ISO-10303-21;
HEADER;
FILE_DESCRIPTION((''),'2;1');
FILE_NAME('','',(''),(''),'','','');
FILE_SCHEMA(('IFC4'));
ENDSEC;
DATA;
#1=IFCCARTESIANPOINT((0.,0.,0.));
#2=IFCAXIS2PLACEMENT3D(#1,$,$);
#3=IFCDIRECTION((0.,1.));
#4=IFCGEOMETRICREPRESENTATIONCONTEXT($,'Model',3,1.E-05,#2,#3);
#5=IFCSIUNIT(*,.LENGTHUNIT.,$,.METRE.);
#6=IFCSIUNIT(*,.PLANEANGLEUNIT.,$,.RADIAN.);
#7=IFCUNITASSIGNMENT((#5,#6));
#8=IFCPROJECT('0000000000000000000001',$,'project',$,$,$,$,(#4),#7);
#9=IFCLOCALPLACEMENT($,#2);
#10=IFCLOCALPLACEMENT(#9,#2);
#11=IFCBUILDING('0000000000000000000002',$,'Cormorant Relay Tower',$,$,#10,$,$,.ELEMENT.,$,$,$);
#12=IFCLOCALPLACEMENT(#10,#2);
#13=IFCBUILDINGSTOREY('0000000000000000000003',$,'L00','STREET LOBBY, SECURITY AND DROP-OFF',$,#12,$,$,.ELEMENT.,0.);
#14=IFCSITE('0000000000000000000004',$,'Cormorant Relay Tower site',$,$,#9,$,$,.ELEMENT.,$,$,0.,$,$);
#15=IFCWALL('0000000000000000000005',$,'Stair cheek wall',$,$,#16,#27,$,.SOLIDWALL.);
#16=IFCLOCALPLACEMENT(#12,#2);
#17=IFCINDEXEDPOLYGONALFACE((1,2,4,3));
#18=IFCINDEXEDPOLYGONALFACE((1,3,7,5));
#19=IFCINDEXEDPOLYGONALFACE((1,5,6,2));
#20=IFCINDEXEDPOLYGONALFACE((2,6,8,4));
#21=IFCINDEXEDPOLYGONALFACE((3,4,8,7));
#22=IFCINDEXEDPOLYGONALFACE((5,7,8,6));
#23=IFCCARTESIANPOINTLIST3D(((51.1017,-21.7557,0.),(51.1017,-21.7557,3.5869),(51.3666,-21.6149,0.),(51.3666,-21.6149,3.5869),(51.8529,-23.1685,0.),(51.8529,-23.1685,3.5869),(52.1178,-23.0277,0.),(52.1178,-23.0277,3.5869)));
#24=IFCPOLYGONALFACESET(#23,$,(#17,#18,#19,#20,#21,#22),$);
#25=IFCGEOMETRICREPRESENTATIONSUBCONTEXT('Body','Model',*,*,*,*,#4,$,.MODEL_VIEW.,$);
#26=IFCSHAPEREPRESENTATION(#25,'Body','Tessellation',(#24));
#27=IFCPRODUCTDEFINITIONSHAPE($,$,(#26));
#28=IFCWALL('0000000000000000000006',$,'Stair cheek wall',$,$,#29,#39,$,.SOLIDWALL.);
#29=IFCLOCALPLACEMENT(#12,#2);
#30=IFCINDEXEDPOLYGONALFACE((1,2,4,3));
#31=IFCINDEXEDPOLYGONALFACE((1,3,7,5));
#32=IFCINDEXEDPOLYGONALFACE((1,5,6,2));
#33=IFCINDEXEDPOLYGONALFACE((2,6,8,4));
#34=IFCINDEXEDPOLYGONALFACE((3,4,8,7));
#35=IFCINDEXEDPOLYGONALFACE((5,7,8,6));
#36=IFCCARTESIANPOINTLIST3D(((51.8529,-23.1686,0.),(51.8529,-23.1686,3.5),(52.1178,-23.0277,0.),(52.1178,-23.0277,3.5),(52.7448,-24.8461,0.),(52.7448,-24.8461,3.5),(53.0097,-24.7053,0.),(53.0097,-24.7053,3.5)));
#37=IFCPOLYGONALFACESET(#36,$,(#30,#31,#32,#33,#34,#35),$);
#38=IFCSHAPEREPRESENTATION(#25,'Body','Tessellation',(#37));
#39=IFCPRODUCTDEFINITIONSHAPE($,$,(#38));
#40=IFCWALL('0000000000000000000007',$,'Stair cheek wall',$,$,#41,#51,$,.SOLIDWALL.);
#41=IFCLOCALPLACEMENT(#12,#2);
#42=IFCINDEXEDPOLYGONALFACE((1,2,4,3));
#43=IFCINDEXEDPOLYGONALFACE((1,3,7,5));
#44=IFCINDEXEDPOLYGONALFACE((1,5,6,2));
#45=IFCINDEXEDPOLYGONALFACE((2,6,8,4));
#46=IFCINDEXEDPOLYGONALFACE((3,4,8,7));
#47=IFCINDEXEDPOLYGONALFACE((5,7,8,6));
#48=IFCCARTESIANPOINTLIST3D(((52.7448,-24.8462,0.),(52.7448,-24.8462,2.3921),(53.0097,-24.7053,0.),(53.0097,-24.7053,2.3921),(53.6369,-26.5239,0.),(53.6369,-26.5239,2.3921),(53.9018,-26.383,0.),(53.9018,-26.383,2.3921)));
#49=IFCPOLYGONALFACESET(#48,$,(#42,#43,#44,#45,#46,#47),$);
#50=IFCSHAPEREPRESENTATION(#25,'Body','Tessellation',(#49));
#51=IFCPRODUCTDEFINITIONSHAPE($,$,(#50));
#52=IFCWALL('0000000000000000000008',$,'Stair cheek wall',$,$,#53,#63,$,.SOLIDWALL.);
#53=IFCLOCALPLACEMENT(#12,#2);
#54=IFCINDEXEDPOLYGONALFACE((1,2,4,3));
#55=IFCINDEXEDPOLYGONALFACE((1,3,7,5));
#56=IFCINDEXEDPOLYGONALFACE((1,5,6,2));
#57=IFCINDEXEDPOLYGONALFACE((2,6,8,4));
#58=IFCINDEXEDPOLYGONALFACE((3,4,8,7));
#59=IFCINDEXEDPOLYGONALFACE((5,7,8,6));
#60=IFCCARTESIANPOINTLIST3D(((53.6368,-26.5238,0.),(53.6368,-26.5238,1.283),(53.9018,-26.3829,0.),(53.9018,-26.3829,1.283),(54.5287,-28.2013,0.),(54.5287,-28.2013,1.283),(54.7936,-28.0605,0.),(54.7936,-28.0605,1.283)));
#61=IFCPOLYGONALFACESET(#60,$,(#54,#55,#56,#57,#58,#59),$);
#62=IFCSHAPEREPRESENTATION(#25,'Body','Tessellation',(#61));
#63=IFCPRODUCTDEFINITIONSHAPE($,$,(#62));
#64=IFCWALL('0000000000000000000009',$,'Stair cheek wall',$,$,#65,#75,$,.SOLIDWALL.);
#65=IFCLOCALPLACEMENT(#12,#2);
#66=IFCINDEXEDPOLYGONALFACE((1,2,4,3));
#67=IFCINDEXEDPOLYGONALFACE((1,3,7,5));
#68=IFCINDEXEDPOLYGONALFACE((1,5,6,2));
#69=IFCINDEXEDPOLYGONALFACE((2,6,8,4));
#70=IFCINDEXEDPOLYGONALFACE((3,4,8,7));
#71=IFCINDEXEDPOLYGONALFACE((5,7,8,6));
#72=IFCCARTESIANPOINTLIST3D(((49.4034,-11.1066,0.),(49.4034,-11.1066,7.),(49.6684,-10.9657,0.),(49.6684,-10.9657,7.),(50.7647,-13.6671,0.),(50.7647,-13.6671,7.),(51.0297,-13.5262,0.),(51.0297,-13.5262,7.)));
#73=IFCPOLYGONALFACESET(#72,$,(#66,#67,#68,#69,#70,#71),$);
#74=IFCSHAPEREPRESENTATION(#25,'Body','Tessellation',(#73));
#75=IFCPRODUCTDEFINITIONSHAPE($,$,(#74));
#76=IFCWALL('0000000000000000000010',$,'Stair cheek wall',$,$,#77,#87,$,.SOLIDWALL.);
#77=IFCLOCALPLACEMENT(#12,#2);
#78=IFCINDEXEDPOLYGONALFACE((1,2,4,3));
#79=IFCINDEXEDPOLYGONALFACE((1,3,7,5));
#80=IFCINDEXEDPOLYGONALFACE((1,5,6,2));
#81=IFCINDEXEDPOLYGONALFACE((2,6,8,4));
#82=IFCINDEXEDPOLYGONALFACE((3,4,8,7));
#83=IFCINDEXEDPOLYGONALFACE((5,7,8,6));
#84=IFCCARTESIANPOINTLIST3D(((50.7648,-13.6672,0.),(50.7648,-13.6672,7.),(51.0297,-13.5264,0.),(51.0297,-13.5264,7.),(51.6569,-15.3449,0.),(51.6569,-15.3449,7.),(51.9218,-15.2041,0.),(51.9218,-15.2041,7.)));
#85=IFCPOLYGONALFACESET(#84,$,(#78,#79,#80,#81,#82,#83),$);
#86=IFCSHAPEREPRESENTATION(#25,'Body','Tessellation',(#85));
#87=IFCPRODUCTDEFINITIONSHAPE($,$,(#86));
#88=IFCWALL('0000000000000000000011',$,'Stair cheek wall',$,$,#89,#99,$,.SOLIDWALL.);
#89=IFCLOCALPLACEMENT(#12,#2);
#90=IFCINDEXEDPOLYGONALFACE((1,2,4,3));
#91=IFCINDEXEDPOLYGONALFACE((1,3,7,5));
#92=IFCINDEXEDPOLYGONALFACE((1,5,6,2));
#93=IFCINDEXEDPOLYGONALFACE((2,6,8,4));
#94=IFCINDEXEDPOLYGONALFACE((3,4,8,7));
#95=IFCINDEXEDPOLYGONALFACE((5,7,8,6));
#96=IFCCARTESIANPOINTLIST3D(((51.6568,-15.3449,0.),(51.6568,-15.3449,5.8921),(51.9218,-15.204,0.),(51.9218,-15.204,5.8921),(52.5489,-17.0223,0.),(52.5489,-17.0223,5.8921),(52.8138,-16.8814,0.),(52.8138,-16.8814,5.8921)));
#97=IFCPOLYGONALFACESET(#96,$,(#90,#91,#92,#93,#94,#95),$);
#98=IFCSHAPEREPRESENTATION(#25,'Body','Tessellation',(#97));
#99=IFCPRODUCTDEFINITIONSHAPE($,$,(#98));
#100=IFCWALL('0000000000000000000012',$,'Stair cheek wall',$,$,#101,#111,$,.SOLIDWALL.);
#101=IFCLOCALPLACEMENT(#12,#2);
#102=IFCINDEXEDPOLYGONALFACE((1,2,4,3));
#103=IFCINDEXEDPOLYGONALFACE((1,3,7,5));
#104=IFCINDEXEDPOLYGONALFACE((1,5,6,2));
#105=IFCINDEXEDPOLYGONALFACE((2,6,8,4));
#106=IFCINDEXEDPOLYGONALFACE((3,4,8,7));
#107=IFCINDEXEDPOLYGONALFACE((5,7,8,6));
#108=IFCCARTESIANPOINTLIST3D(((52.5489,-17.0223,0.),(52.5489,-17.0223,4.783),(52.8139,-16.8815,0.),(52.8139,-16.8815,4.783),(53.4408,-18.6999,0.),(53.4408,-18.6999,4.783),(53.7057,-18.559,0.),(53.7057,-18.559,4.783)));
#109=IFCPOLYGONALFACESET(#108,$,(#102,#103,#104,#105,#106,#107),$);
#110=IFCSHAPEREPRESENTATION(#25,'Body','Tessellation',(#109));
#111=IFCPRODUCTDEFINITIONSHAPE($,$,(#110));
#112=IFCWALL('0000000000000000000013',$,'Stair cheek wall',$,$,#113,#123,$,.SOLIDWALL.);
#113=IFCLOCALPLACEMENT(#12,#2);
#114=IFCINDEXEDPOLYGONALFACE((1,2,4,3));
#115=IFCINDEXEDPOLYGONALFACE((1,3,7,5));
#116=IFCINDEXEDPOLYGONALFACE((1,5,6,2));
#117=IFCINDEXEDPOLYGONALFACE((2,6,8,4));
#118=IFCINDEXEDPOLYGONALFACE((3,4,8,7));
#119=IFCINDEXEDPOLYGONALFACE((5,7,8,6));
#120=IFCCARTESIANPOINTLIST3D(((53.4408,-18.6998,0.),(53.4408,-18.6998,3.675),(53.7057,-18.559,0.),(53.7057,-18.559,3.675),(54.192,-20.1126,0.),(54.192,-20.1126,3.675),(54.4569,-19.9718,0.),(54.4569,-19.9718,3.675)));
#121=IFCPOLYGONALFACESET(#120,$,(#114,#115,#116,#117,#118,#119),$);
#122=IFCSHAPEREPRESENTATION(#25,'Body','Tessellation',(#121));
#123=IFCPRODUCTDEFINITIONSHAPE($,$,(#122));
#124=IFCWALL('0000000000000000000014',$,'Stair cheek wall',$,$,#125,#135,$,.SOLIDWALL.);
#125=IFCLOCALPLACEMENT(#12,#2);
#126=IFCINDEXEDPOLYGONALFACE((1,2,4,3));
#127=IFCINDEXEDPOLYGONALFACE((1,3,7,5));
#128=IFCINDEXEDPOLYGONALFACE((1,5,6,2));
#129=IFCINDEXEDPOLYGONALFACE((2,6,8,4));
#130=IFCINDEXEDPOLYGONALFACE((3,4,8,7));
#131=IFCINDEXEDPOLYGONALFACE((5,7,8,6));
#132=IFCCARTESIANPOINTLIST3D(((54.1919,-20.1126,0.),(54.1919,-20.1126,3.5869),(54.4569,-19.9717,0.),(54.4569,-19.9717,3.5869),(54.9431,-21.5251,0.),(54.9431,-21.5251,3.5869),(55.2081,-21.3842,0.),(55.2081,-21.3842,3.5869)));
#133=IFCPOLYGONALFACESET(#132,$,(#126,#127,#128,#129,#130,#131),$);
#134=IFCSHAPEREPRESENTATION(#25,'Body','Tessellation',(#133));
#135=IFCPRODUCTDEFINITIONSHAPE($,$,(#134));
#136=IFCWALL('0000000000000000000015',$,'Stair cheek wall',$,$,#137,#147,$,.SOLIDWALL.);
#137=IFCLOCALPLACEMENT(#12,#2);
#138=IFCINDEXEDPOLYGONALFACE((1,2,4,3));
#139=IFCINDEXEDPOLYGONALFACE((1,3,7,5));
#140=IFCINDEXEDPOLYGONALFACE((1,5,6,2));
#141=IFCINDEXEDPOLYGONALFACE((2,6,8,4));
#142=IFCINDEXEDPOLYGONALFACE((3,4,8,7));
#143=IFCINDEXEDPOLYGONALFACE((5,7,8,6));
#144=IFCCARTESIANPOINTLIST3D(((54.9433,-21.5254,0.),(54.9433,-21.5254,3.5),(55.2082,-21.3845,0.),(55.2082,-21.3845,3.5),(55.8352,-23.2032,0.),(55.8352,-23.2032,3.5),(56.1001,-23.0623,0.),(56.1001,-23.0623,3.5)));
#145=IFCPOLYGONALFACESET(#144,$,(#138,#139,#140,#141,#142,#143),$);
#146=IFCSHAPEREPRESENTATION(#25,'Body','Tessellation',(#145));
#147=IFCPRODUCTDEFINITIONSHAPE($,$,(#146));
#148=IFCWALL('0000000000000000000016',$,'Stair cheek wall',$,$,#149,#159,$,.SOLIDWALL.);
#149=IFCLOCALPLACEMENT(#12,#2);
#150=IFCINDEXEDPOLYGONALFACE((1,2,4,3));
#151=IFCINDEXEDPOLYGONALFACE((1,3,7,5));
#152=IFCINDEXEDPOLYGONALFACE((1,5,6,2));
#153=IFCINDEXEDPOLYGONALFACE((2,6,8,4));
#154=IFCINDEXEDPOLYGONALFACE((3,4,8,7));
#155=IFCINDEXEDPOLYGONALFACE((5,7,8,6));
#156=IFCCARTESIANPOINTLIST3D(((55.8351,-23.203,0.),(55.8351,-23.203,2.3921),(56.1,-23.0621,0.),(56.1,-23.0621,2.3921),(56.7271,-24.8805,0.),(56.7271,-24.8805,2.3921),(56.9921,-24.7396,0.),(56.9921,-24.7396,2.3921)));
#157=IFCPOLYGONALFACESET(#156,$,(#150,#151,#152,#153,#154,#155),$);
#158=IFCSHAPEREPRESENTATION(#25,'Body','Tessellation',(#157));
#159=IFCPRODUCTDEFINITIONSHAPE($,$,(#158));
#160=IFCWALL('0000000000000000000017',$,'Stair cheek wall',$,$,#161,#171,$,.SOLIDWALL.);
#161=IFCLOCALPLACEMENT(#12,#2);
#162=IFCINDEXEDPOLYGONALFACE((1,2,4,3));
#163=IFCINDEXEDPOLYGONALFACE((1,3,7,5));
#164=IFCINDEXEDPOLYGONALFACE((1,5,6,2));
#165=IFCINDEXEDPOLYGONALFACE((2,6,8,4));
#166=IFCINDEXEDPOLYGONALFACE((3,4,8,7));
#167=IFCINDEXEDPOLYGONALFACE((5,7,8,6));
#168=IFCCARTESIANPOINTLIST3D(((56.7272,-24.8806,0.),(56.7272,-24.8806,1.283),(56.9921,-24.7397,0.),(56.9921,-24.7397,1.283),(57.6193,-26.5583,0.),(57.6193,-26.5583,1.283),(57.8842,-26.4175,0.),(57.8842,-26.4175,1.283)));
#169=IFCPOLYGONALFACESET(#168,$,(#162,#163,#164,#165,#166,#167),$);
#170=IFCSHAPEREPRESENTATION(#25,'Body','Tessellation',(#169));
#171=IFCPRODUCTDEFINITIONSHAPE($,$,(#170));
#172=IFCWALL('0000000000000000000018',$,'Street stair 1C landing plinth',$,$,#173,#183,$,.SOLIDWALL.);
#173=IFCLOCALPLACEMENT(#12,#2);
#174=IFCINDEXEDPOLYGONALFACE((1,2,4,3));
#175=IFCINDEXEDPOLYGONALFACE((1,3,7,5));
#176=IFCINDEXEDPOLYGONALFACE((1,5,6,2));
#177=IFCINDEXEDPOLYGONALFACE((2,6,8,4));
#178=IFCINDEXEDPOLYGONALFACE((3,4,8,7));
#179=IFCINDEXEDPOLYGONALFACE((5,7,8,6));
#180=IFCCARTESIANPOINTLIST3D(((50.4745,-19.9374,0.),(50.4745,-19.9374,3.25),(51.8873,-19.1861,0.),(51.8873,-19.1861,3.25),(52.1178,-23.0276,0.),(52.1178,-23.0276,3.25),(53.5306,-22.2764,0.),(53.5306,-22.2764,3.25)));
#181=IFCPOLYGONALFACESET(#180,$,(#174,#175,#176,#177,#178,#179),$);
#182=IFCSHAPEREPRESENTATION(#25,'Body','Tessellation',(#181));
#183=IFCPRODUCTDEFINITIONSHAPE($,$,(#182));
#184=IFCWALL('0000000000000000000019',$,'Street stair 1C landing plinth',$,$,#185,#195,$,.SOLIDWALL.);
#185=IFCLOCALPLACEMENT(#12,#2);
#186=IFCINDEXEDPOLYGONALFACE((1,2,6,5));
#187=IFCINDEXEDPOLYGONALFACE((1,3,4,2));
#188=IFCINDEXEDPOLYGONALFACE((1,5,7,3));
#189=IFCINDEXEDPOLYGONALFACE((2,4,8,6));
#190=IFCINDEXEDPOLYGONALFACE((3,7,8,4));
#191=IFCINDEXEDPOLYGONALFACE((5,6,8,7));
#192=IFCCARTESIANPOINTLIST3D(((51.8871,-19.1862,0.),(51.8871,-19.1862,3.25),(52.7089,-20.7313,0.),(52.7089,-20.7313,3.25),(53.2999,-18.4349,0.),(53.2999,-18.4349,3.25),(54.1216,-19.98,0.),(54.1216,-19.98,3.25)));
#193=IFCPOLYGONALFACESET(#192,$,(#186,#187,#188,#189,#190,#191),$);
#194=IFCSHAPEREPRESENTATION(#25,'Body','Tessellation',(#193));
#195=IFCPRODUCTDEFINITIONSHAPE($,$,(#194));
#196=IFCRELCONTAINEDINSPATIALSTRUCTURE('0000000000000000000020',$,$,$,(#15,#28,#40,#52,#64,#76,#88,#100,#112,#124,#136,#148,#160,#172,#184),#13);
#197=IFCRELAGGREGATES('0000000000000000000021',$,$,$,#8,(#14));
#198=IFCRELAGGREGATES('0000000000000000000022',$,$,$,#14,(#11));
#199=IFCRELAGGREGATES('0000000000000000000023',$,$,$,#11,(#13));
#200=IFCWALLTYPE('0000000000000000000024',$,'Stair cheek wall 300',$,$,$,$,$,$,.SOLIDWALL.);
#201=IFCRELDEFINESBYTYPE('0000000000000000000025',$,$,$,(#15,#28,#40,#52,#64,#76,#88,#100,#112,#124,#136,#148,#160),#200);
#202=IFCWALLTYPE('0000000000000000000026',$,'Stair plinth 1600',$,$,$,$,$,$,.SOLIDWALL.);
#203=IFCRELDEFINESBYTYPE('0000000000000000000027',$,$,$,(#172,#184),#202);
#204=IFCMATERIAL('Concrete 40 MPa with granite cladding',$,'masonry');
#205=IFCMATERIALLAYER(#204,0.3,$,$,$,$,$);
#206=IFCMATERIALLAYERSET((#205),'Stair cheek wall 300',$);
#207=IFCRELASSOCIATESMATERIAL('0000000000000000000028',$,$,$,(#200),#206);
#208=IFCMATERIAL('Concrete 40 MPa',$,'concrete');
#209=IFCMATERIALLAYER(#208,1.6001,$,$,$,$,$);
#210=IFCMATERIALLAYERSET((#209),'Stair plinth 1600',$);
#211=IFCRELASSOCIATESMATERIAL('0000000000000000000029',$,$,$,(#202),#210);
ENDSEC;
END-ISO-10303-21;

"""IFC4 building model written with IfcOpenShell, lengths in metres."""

from ifc_helpers import new_model, si_unit, direction, frame, frame_2d, origin, place, context, subcontext, project, spatial, rectangle, extrude, material, layer, layer_set, type_object, element, save


model = new_model("IFC4")

# Units and contexts
model_context = context("Model", 3, precision=1e-05, world=origin(), true_north=direction((0.0, 1.0)))
body_context = subcontext(model_context, "Body", "Model", "MODEL_VIEW")
ifc_project = project(units=[si_unit("LENGTHUNIT", "METRE"), si_unit("PLANEANGLEUNIT", "RADIAN")], contexts=[model_context])

# Site, building, storey
site_placement = place(None, origin())
site = spatial("IfcSite", under=ifc_project, at=site_placement, Name="Cormorant Relay Tower site", CompositionType="ELEMENT", RefElevation=0.0)
building_placement = place(site_placement, origin())
building = spatial("IfcBuilding", under=site, at=building_placement, Name="Cormorant Relay Tower", CompositionType="ELEMENT")
storey_placement = place(building_placement, origin())
storey = spatial("IfcBuildingStorey", under=building, at=storey_placement, Name="L00", Description="STREET LOBBY, SECURITY AND DROP-OFF", CompositionType="ELEMENT", Elevation=0.0)

# Walls
ifc_material_1 = material(Name="Concrete 40 MPa with granite cladding", Category="masonry")
ifc_layer_1 = layer(ifc_material_1, 0.3)
ifc_layer_set_1 = layer_set([ifc_layer_1], Name="Stair cheek wall 300")
wall_type_1 = type_object("IfcWallType", Name="Stair cheek wall 300", PredefinedType="SOLIDWALL", material=ifc_layer_set_1)
wall_1_placement = place(storey_placement, frame((51.2341, -21.6853, 0.0), z_axis=(0.0, 0.0, 1.0), x_axis=(0.469471, -0.882948, 0.0)))
element("IfcWall", 1, at=wall_1_placement, inside=storey, type_object=wall_type_1, Name="Stair cheek wall", PredefinedType="SOLIDWALL", context=body_context, shape_type="SweptSolid", body=[
    extrude(rectangle(XDim=1.6001, YDim=0.3, at=frame_2d((0.8, 0.0))), origin(), (0.0, 0.0, 1.0), 3.5869),
])
wall_2_placement = place(storey_placement, frame((51.9854, -23.0981, 0.0), z_axis=(0.0, 0.0, 1.0), x_axis=(0.469434, -0.882968, 0.0)))
element("IfcWall", 2, at=wall_2_placement, inside=storey, type_object=wall_type_1, Name="Stair cheek wall", PredefinedType="SOLIDWALL", context=body_context, shape_type="SweptSolid", body=[
    extrude(rectangle(XDim=1.8999, YDim=0.3, at=frame_2d((0.95, 0.0))), origin(), (0.0, 0.0, 1.0), 3.5),
])
wall_3_placement = place(storey_placement, frame((52.8772, -24.7756, 0.0), z_axis=(0.0, 0.0, 1.0), x_axis=(0.469481, -0.882943, 0.0)))
element("IfcWall", 3, at=wall_3_placement, inside=storey, type_object=wall_type_1, Name="Stair cheek wall", PredefinedType="SOLIDWALL", context=body_context, shape_type="SweptSolid", body=[
    extrude(rectangle(XDim=1.9001, YDim=0.3, at=frame_2d((0.9502, 0.0))), origin(), (0.0, 0.0, 1.0), 2.3921),
])
wall_4_placement = place(storey_placement, frame((53.7693, -26.4534, 0.0), z_axis=(0.0, 0.0, 1.0), x_axis=(0.469434, -0.882968, 0.0)))
element("IfcWall", 4, at=wall_4_placement, inside=storey, type_object=wall_type_1, Name="Stair cheek wall", PredefinedType="SOLIDWALL", context=body_context, shape_type="SweptSolid", body=[
    extrude(rectangle(XDim=1.8999, YDim=0.3, at=frame_2d((0.95, 0.0))), origin(), (0.0, 0.0, 1.0), 1.283),
])
wall_5_placement = place(storey_placement, frame((49.5359, -11.0361, 0.0), z_axis=(0.0, 0.0, 1.0), x_axis=(0.469434, -0.882967, 0.0)))
element("IfcWall", 5, at=wall_5_placement, inside=storey, type_object=wall_type_1, Name="Stair cheek wall", PredefinedType="SOLIDWALL", context=body_context, shape_type="SweptSolid", body=[
    extrude(rectangle(XDim=2.8999, YDim=0.3, at=frame_2d((1.45, 0.0))), origin(), (0.0, 0.0, 1.0), 7.0),
])
wall_6_placement = place(storey_placement, frame((50.8972, -13.5967, 0.0), z_axis=(0.0, 0.0, 1.0), x_axis=(0.469481, -0.882943, 0.0)))
element("IfcWall", 6, at=wall_6_placement, inside=storey, type_object=wall_type_1, Name="Stair cheek wall", PredefinedType="SOLIDWALL", context=body_context, shape_type="SweptSolid", body=[
    extrude(rectangle(XDim=1.9001, YDim=0.3, at=frame_2d((0.9502, 0.0))), origin(), (0.0, 0.0, 1.0), 7.0),
])
wall_7_placement = place(storey_placement, frame((51.7893, -15.2744, 0.0), z_axis=(0.0, 0.0, 1.0), x_axis=(0.469534, -0.882914, 0.0)))
element("IfcWall", 7, at=wall_7_placement, inside=storey, type_object=wall_type_1, Name="Stair cheek wall", PredefinedType="SOLIDWALL", context=body_context, shape_type="SweptSolid", body=[
    extrude(rectangle(XDim=1.8999, YDim=0.3, at=frame_2d((0.95, 0.0))), origin(), (0.0, 0.0, 1.0), 5.8921),
])
wall_8_placement = place(storey_placement, frame((52.6814, -16.9519, 0.0), z_axis=(0.0, 0.0, 1.0), x_axis=(0.469434, -0.882968, 0.0)))
element("IfcWall", 8, at=wall_8_placement, inside=storey, type_object=wall_type_1, Name="Stair cheek wall", PredefinedType="SOLIDWALL", context=body_context, shape_type="SweptSolid", body=[
    extrude(rectangle(XDim=1.8999, YDim=0.3, at=frame_2d((0.95, 0.0))), origin(), (0.0, 0.0, 1.0), 4.783),
])
wall_9_placement = place(storey_placement, frame((53.5732, -18.6294, 0.0), z_axis=(0.0, 0.0, 1.0), x_axis=(0.469471, -0.882948, 0.0)))
element("IfcWall", 9, at=wall_9_placement, inside=storey, type_object=wall_type_1, Name="Stair cheek wall", PredefinedType="SOLIDWALL", context=body_context, shape_type="SweptSolid", body=[
    extrude(rectangle(XDim=1.6001, YDim=0.3, at=frame_2d((0.8, 0.0))), origin(), (0.0, 0.0, 1.0), 3.675),
])
wall_10_placement = place(storey_placement, frame((54.3245, -20.0422, 0.0), z_axis=(0.0, 0.0, 1.0), x_axis=(0.469535, -0.882914, 0.0)))
element("IfcWall", 10, at=wall_10_placement, inside=storey, type_object=wall_type_1, Name="Stair cheek wall", PredefinedType="SOLIDWALL", context=body_context, shape_type="SweptSolid", body=[
    extrude(rectangle(XDim=1.5999, YDim=0.3, at=frame_2d((0.7998, 0.0))), origin(), (0.0, 0.0, 1.0), 3.5869),
])
wall_11_placement = place(storey_placement, frame((55.0757, -21.4548, 0.0), z_axis=(0.0, 0.0, 1.0), x_axis=(0.469381, -0.882996, 0.0)))
element("IfcWall", 11, at=wall_11_placement, inside=storey, type_object=wall_type_1, Name="Stair cheek wall", PredefinedType="SOLIDWALL", context=body_context, shape_type="SweptSolid", body=[
    extrude(rectangle(XDim=1.9001, YDim=0.3, at=frame_2d((0.9502, 0.0))), origin(), (0.0, 0.0, 1.0), 3.5),
])
wall_12_placement = place(storey_placement, frame((55.9675, -23.1326, 0.0), z_axis=(0.0, 0.0, 1.0), x_axis=(0.469534, -0.882914, 0.0)))
element("IfcWall", 12, at=wall_12_placement, inside=storey, type_object=wall_type_1, Name="Stair cheek wall", PredefinedType="SOLIDWALL", context=body_context, shape_type="SweptSolid", body=[
    extrude(rectangle(XDim=1.8999, YDim=0.3, at=frame_2d((0.95, 0.0))), origin(), (0.0, 0.0, 1.0), 2.3921),
])
wall_13_placement = place(storey_placement, frame((56.8596, -24.8101, 0.0), z_axis=(0.0, 0.0, 1.0), x_axis=(0.469481, -0.882943, 0.0)))
element("IfcWall", 13, at=wall_13_placement, inside=storey, type_object=wall_type_1, Name="Stair cheek wall", PredefinedType="SOLIDWALL", context=body_context, shape_type="SweptSolid", body=[
    extrude(rectangle(XDim=1.9001, YDim=0.3, at=frame_2d((0.9502, 0.0))), origin(), (0.0, 0.0, 1.0), 1.283),
])
ifc_material_2 = material(Name="Concrete 40 MPa", Category="concrete")
ifc_layer_2 = layer(ifc_material_2, 1.6001)
ifc_layer_set_2 = layer_set([ifc_layer_2], Name="Stair plinth 1600")
wall_type_2 = type_object("IfcWallType", Name="Stair plinth 1600", PredefinedType="SOLIDWALL", material=ifc_layer_set_2)
wall_14_placement = place(storey_placement, frame((51.1809, -19.5618, 0.0), z_axis=(0.0, 0.0, 1.0), x_axis=(0.469505, -0.88293, 0.0)))
element("IfcWall", 14, at=wall_14_placement, inside=storey, type_object=wall_type_2, Name="Street stair 1C landing plinth", PredefinedType="SOLIDWALL", context=body_context, shape_type="SweptSolid", body=[
    extrude(rectangle(XDim=3.5, YDim=1.6001, at=frame_2d((1.75, 0.0))), origin(), (0.0, 0.0, 1.0), 3.25),
])
for number, where, z_axis, x_axis, name in (
    (15, (52.5935, -18.8105, 0.0), (0.0, 0.0, 1.0), (0.46956, -0.882901, 0.0), "Street stair 1C landing plinth"),
):
    element("IfcWall", number, at=place(storey_placement, frame(where, z_axis=z_axis, x_axis=x_axis)), inside=storey, type_object=wall_type_2, Name=name, PredefinedType="SOLIDWALL", context=body_context, shape_type="SweptSolid", body=[
        extrude(rectangle(XDim=1.75, YDim=1.6001, at=frame_2d((0.875, 0.0))), origin(), (0.0, 0.0, 1.0), 3.25),
    ])

save(model, "model.ifc")
